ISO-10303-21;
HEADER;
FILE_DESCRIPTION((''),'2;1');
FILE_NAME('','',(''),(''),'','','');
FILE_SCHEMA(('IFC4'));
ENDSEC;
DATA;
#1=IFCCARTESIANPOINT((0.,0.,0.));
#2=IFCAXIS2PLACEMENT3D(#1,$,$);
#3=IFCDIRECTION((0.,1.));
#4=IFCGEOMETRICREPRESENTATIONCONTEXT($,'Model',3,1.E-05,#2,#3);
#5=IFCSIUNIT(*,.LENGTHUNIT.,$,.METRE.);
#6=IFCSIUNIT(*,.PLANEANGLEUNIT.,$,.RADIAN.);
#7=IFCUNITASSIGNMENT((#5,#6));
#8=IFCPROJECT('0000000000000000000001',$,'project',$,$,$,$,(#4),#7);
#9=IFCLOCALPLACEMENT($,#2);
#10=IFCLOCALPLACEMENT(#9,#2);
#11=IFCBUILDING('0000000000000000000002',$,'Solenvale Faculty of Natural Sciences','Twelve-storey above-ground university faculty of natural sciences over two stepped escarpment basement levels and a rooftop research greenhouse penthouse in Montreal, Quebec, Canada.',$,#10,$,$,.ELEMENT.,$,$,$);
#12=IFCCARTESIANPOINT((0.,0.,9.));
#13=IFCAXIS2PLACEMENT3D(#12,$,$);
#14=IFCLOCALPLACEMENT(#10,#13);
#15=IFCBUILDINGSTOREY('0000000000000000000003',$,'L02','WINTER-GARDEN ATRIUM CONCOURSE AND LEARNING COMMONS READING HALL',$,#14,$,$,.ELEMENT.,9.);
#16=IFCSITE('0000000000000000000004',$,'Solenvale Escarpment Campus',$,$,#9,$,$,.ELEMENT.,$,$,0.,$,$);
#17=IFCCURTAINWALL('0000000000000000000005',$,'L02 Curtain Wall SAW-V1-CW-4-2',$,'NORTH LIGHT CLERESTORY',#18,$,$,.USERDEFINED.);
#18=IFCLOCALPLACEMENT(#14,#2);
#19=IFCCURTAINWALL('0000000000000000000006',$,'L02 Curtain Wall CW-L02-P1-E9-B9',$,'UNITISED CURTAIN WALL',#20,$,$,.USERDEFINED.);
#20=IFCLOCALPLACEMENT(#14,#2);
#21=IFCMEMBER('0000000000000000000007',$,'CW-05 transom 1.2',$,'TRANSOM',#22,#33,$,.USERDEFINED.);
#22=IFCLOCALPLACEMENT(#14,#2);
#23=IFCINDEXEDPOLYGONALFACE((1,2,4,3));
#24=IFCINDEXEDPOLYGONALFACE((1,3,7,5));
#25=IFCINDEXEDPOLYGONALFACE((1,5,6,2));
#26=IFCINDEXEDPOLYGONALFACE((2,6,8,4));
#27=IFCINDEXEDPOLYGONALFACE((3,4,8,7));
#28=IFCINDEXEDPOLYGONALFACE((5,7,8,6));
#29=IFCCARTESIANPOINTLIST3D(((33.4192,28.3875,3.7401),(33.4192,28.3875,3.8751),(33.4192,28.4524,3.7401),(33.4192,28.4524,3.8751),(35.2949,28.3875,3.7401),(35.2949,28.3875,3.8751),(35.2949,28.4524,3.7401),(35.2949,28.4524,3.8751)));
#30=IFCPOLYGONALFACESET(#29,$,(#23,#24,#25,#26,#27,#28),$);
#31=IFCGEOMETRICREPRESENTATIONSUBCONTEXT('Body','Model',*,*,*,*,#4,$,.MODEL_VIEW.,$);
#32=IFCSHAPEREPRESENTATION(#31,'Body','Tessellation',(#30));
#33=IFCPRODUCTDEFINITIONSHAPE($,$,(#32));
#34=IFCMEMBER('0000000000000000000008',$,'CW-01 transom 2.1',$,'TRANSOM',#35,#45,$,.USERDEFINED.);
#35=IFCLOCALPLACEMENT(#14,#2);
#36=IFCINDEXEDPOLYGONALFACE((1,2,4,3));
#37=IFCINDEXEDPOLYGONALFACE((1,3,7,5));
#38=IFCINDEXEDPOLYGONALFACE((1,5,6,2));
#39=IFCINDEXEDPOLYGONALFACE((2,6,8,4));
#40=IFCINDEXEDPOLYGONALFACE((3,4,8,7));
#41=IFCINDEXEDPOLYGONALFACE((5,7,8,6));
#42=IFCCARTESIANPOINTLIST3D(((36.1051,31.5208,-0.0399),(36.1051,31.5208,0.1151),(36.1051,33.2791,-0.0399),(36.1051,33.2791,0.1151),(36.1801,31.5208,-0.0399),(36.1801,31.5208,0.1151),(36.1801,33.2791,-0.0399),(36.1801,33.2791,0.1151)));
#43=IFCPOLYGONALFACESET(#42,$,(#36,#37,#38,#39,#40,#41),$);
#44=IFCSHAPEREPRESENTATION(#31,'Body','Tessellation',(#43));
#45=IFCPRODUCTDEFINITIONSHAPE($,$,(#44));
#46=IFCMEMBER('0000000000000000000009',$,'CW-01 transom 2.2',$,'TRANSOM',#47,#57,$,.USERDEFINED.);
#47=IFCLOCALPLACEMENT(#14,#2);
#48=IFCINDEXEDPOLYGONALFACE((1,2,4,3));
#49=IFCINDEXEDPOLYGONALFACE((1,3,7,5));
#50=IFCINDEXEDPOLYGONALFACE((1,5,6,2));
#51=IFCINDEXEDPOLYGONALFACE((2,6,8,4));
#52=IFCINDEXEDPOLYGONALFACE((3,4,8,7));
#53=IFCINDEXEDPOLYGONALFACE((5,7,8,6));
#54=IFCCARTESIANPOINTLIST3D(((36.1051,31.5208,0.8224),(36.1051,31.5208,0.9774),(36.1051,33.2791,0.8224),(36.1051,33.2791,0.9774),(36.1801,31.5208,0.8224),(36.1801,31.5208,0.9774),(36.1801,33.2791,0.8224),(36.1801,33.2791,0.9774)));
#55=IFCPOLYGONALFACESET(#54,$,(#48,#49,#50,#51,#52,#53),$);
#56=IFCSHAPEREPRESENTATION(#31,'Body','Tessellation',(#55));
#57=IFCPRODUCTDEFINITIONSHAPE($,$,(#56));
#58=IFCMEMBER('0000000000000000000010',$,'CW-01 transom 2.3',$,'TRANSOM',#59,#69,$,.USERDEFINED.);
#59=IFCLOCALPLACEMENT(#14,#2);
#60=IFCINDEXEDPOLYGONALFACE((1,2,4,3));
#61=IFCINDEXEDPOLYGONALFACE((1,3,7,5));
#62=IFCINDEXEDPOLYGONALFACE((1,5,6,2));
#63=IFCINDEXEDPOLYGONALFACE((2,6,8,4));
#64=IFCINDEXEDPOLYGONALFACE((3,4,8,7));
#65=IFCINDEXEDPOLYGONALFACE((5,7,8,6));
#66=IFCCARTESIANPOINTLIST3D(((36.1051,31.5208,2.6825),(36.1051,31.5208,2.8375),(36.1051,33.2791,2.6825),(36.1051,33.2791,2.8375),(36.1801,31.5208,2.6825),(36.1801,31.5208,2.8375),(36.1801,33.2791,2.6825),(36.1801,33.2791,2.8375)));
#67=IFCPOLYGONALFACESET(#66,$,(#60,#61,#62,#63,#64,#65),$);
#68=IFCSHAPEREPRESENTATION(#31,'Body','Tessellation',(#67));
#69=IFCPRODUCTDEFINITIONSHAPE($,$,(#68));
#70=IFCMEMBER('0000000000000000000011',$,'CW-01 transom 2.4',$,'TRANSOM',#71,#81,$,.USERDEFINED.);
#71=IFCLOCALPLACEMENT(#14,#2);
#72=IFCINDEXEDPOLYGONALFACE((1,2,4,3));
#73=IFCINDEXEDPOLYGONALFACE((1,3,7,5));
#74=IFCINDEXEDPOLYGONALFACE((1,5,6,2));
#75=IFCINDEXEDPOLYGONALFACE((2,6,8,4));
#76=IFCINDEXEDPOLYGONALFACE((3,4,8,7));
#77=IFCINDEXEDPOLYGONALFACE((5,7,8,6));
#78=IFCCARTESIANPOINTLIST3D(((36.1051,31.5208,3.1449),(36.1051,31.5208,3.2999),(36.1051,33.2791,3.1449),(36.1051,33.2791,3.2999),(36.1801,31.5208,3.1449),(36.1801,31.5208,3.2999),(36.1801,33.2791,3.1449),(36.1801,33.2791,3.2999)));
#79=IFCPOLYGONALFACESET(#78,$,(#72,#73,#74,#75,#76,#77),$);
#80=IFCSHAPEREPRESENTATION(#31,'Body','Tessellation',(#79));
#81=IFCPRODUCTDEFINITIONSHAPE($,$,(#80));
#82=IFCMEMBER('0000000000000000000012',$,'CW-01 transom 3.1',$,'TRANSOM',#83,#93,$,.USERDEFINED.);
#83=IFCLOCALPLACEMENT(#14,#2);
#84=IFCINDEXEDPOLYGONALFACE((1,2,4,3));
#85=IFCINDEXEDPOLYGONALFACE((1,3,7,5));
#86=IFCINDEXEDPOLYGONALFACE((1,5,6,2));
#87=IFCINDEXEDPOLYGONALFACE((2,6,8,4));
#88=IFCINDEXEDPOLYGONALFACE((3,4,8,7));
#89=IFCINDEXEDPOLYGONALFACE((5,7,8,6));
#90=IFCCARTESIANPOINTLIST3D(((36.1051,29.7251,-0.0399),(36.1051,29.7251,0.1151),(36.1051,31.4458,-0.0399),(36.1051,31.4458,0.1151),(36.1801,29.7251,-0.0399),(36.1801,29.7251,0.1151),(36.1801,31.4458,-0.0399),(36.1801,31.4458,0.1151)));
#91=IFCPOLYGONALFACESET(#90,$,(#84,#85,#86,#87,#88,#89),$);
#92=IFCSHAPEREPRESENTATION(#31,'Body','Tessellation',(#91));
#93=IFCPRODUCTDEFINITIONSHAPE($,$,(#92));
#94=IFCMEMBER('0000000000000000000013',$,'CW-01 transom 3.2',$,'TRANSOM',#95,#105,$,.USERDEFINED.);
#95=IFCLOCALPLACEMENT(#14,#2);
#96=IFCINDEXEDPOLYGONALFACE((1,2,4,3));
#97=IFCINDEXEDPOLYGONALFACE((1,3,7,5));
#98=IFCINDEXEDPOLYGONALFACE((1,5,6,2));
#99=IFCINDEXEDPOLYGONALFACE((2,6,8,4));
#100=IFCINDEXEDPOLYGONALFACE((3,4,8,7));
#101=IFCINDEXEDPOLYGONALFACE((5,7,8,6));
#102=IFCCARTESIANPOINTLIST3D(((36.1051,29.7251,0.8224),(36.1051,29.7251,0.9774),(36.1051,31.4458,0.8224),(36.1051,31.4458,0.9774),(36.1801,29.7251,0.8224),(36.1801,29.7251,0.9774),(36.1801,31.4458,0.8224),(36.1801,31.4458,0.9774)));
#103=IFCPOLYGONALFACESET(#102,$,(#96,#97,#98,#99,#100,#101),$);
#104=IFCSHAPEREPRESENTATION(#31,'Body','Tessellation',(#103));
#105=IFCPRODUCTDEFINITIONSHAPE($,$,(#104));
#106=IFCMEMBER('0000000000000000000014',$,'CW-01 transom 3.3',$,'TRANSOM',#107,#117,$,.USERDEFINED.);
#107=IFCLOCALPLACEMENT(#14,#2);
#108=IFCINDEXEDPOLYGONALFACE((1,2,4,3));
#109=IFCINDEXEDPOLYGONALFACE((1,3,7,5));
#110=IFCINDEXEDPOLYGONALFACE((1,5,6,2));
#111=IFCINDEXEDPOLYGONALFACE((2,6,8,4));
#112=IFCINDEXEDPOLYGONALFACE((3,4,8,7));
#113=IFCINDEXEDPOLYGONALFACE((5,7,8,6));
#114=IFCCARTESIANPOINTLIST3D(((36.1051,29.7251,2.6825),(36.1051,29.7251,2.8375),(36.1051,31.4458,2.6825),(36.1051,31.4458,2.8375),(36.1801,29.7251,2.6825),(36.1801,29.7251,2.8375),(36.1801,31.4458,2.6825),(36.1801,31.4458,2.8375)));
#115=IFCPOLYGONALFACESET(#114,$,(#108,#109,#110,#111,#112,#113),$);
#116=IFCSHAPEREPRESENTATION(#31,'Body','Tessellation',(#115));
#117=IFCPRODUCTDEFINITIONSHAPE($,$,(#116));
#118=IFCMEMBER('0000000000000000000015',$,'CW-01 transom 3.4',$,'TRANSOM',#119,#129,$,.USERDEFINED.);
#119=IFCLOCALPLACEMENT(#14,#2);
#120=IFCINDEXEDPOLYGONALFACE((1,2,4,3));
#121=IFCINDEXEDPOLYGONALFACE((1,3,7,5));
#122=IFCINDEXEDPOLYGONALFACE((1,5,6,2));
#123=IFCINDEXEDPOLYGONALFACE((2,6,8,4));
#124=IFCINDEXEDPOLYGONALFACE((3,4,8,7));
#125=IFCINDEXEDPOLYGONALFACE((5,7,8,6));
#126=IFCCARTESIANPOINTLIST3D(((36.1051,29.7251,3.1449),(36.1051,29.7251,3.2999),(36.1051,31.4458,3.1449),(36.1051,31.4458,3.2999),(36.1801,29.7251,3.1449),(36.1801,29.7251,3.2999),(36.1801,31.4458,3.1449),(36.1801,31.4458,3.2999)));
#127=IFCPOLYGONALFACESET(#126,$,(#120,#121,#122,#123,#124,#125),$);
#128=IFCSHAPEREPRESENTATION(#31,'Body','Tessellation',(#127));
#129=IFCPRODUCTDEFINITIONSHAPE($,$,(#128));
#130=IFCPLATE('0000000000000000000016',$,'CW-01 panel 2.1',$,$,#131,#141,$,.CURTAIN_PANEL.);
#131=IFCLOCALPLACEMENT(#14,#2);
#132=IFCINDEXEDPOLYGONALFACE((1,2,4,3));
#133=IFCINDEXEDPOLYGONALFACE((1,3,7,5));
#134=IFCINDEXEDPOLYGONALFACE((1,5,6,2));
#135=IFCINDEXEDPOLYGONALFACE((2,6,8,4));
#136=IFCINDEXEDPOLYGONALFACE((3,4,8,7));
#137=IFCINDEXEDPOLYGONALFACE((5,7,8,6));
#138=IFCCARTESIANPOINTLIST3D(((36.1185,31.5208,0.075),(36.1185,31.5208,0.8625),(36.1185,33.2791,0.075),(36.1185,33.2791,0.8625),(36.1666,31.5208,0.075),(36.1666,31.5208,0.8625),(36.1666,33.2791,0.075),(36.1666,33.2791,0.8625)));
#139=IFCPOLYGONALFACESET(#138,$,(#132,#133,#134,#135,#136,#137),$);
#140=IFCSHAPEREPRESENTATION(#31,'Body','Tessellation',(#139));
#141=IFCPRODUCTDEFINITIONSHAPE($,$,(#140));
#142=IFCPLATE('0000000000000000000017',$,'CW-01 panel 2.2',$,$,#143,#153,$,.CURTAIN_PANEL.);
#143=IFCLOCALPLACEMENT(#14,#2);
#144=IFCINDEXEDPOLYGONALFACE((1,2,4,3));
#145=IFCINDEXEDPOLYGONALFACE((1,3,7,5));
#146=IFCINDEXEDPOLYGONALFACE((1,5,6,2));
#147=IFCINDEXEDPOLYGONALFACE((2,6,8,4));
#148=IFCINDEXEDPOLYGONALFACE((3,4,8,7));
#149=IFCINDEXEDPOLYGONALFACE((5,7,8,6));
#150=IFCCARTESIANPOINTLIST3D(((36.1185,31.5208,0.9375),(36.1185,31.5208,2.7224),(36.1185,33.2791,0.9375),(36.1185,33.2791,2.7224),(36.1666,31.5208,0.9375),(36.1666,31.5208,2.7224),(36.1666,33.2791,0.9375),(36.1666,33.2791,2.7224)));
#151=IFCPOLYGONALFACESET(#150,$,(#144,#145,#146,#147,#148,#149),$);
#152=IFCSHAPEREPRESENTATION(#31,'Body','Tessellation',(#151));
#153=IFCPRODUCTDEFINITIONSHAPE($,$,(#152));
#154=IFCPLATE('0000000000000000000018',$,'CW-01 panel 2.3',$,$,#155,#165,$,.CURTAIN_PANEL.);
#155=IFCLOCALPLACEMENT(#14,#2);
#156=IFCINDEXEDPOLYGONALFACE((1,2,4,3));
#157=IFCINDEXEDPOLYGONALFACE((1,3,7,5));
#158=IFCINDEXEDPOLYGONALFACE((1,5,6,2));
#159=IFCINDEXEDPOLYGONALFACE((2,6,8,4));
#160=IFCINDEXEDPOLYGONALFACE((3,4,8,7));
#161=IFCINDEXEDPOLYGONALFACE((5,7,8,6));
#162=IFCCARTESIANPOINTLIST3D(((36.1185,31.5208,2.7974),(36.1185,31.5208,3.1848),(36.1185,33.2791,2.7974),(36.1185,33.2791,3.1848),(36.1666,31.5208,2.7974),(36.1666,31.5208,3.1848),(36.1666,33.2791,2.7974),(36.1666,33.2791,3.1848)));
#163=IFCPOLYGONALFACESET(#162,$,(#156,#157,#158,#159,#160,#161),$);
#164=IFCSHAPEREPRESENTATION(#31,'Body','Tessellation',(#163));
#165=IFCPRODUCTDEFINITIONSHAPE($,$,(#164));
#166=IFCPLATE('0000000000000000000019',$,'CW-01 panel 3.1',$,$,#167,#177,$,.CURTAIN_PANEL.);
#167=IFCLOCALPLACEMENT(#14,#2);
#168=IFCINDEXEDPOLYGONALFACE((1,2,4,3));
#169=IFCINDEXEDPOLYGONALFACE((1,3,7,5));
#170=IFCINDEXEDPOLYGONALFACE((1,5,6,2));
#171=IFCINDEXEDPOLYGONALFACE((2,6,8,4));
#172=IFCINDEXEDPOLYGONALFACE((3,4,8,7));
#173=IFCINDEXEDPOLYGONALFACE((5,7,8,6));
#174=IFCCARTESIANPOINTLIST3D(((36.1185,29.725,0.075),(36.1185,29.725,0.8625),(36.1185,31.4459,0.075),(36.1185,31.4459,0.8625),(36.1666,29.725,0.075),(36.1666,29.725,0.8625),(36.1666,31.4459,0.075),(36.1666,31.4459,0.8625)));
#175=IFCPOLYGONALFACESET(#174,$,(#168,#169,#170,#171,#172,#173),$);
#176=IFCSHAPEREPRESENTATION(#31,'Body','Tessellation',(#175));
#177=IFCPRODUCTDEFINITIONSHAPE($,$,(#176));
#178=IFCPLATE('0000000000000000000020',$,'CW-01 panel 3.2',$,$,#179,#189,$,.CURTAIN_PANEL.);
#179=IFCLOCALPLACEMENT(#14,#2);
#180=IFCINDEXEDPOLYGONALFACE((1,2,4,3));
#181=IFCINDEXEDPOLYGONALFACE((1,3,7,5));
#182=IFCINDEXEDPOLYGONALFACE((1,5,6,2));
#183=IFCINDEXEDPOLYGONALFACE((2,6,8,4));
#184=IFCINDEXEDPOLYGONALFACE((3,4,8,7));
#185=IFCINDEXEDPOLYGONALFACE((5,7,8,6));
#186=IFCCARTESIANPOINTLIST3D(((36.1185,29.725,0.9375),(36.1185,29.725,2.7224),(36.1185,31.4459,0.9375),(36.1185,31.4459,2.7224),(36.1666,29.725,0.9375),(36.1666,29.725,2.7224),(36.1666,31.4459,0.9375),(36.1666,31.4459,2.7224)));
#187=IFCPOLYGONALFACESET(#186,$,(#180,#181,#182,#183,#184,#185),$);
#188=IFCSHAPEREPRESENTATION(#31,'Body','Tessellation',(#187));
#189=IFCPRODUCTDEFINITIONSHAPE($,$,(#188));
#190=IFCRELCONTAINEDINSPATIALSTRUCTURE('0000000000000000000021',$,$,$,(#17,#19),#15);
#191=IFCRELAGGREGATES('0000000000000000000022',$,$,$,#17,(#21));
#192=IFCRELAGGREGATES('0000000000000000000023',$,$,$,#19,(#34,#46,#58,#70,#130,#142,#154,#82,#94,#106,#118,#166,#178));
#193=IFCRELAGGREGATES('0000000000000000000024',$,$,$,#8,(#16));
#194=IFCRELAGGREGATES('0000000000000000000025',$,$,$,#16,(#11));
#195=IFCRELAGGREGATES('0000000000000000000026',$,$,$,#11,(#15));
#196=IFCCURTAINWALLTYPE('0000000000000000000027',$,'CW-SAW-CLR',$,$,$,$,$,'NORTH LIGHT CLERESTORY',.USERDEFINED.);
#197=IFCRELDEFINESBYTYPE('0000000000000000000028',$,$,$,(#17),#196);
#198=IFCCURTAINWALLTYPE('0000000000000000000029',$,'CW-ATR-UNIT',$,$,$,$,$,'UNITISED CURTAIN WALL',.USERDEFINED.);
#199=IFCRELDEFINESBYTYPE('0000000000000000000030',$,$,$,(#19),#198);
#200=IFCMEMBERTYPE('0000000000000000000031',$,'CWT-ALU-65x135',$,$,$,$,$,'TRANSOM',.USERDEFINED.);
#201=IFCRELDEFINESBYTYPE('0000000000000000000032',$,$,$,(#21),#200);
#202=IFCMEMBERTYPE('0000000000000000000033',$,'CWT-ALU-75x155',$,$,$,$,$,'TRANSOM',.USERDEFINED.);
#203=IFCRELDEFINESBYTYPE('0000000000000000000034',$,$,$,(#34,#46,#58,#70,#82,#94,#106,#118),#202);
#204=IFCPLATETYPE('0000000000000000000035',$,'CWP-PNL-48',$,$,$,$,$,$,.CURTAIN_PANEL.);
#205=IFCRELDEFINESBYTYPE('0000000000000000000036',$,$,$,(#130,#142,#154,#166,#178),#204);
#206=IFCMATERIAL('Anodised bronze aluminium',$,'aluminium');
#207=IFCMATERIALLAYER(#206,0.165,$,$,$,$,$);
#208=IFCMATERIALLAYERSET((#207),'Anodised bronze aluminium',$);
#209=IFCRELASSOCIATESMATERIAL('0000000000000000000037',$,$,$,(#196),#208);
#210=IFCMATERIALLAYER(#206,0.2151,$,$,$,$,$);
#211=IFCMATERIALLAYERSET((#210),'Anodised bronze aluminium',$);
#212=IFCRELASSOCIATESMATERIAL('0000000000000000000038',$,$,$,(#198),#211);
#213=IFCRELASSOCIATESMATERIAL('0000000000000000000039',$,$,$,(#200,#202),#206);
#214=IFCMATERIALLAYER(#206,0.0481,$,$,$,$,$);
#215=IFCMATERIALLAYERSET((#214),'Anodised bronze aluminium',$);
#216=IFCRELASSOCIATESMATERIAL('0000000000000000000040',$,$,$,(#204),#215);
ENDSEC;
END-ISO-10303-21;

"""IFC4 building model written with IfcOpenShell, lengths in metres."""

from ifc_helpers import new_model, si_unit, direction, frame, origin, origin_2d, place, context, subcontext, project, spatial, rectangle, extrude, material, layer, layer_set, material_profile, profile_set, type_object, element, aggregate, save


model = new_model("IFC4")

# Units and contexts
model_context = context("Model", 3, precision=1e-05, world=origin(), true_north=direction((0.0, 1.0)))
body_context = subcontext(model_context, "Body", "Model", "MODEL_VIEW")
ifc_project = project(units=[si_unit("LENGTHUNIT", "METRE"), si_unit("PLANEANGLEUNIT", "RADIAN")], contexts=[model_context])

# Site, building, storey
site_placement = place(None, origin())
site = spatial("IfcSite", under=ifc_project, at=site_placement, Name="Solenvale Escarpment Campus", CompositionType="ELEMENT", RefElevation=0.0)
building_placement = place(site_placement, origin())
building = spatial("IfcBuilding", under=site, at=building_placement, Name="Solenvale Faculty of Natural Sciences", Description="Twelve-storey above-ground university faculty of natural sciences over two stepped escarpment basement levels and a rooftop research greenhouse penthouse in Montreal, Quebec, Canada.", CompositionType="ELEMENT")
storey_placement = place(building_placement, frame((0.0, 0.0, 9.0)))
storey = spatial("IfcBuildingStorey", under=building, at=storey_placement, Name="L02", Description="WINTER-GARDEN ATRIUM CONCOURSE AND LEARNING COMMONS READING HALL", CompositionType="ELEMENT", Elevation=9.0)

# Curtain wall
ifc_material_1 = material(Name="Anodised bronze aluminium", Category="aluminium")
ifc_layer_1 = layer(ifc_material_1, 0.165)
ifc_layer_set_1 = layer_set([ifc_layer_1], Name="Anodised bronze aluminium")
curtain_wall_type_1 = type_object("IfcCurtainWallType", Name="CW-SAW-CLR", ElementType="NORTH LIGHT CLERESTORY", PredefinedType="USERDEFINED", material=ifc_layer_set_1)
curtain_wall_1_placement = place(storey_placement, origin())
curtain_wall_1 = element("IfcCurtainWall", 1, at=curtain_wall_1_placement, inside=storey, type_object=curtain_wall_type_1, Name="L02 Curtain Wall SAW-V1-CW-4-2", ObjectType="NORTH LIGHT CLERESTORY", PredefinedType="USERDEFINED")

# Curtain wall
ifc_layer_2 = layer(ifc_material_1, 0.2151)
ifc_layer_set_2 = layer_set([ifc_layer_2], Name="Anodised bronze aluminium")
curtain_wall_type_2 = type_object("IfcCurtainWallType", Name="CW-ATR-UNIT", ElementType="UNITISED CURTAIN WALL", PredefinedType="USERDEFINED", material=ifc_layer_set_2)
curtain_wall_2_placement = place(storey_placement, origin())
curtain_wall_2 = element("IfcCurtainWall", 2, at=curtain_wall_2_placement, inside=storey, type_object=curtain_wall_type_2, Name="L02 Curtain Wall CW-L02-P1-E9-B9", ObjectType="UNITISED CURTAIN WALL", PredefinedType="USERDEFINED")

# Members
ifc_material_profile_1 = material_profile(ifc_material_1, rectangle(XDim=0.0649, YDim=0.135, at=origin_2d()), Name="ALU-TRN-65x135")
ifc_profile_set_1 = profile_set([ifc_material_profile_1], Name="Anodised bronze aluminium")
member_type_1 = type_object("IfcMemberType", Name="CWT-ALU-65x135", ElementType="TRANSOM", PredefinedType="USERDEFINED", material=ifc_profile_set_1)
member_1_placement = place(storey_placement, frame((35.2949, 28.4199, 3.8076), z_axis=(-1.0, 0.0, 0.0), x_axis=(0.0, -1.0, 0.0)))
member_1 = element("IfcMember", 3, at=member_1_placement, type_object=member_type_1, Name="CW-05 transom 1.2", ObjectType="TRANSOM", PredefinedType="USERDEFINED", context=body_context, shape_type="SweptSolid", body=[
    extrude(rectangle(XDim=0.0649, YDim=0.135, at=origin_2d()), origin(), (0.0, 0.0, 1.0), 1.8757),
])
aggregate(curtain_wall_1, [member_1])
ifc_material_profile_2 = material_profile(ifc_material_1, rectangle(XDim=0.075, YDim=0.155, at=origin_2d()), Name="ALU-TRN-75x155")
ifc_profile_set_2 = profile_set([ifc_material_profile_2], Name="Anodised bronze aluminium")
member_type_2 = type_object("IfcMemberType", Name="CWT-ALU-75x155", ElementType="TRANSOM", PredefinedType="USERDEFINED", material=ifc_profile_set_2)
member_2_placement = place(storey_placement, frame((36.1426, 33.2791, 0.0376), z_axis=(0.0, -1.0, 0.0), x_axis=(1.0, 0.0, 0.0)))
member_2 = element("IfcMember", 4, at=member_2_placement, type_object=member_type_2, Name="CW-01 transom 2.1", ObjectType="TRANSOM", PredefinedType="USERDEFINED", context=body_context, shape_type="SweptSolid", body=[
    extrude(rectangle(XDim=0.075, YDim=0.155, at=origin_2d()), origin(), (0.0, 0.0, 1.0), 1.7583),
])
member_3_placement = place(storey_placement, frame((36.1426, 33.2791, 0.8999), z_axis=(0.0, -1.0, 0.0), x_axis=(1.0, 0.0, 0.0)))
member_3 = element("IfcMember", 5, at=member_3_placement, type_object=member_type_2, Name="CW-01 transom 2.2", ObjectType="TRANSOM", PredefinedType="USERDEFINED", context=body_context, shape_type="SweptSolid", body=[
    extrude(rectangle(XDim=0.075, YDim=0.155, at=origin_2d()), origin(), (0.0, 0.0, 1.0), 1.7583),
])
member_4_placement = place(storey_placement, frame((36.1426, 33.2791, 2.76), z_axis=(0.0, -1.0, 0.0), x_axis=(1.0, 0.0, 0.0)))
member_4 = element("IfcMember", 6, at=member_4_placement, type_object=member_type_2, Name="CW-01 transom 2.3", ObjectType="TRANSOM", PredefinedType="USERDEFINED", context=body_context, shape_type="SweptSolid", body=[
    extrude(rectangle(XDim=0.075, YDim=0.155, at=origin_2d()), origin(), (0.0, 0.0, 1.0), 1.7583),
])
member_5_placement = place(storey_placement, frame((36.1426, 33.2791, 3.2224), z_axis=(0.0, -1.0, 0.0), x_axis=(1.0, 0.0, 0.0)))
member_5 = element("IfcMember", 7, at=member_5_placement, type_object=member_type_2, Name="CW-01 transom 2.4", ObjectType="TRANSOM", PredefinedType="USERDEFINED", context=body_context, shape_type="SweptSolid", body=[
    extrude(rectangle(XDim=0.075, YDim=0.155, at=origin_2d()), origin(), (0.0, 0.0, 1.0), 1.7583),
])
member_6_placement = place(storey_placement, frame((36.1426, 31.4458, 0.0376), z_axis=(0.0, -1.0, 0.0), x_axis=(1.0, 0.0, 0.0)))
member_6 = element("IfcMember", 8, at=member_6_placement, type_object=member_type_2, Name="CW-01 transom 3.1", ObjectType="TRANSOM", PredefinedType="USERDEFINED", context=body_context, shape_type="SweptSolid", body=[
    extrude(rectangle(XDim=0.075, YDim=0.155, at=origin_2d()), origin(), (0.0, 0.0, 1.0), 1.7207),
])
member_7_placement = place(storey_placement, frame((36.1426, 31.4458, 0.8999), z_axis=(0.0, -1.0, 0.0), x_axis=(1.0, 0.0, 0.0)))
member_7 = element("IfcMember", 9, at=member_7_placement, type_object=member_type_2, Name="CW-01 transom 3.2", ObjectType="TRANSOM", PredefinedType="USERDEFINED", context=body_context, shape_type="SweptSolid", body=[
    extrude(rectangle(XDim=0.075, YDim=0.155, at=origin_2d()), origin(), (0.0, 0.0, 1.0), 1.7207),
])
member_8_placement = place(storey_placement, frame((36.1426, 31.4458, 2.76), z_axis=(0.0, -1.0, 0.0), x_axis=(1.0, 0.0, 0.0)))
member_8 = element("IfcMember", 10, at=member_8_placement, type_object=member_type_2, Name="CW-01 transom 3.3", ObjectType="TRANSOM", PredefinedType="USERDEFINED", context=body_context, shape_type="SweptSolid", body=[
    extrude(rectangle(XDim=0.075, YDim=0.155, at=origin_2d()), origin(), (0.0, 0.0, 1.0), 1.7207),
])
member_9_placement = place(storey_placement, frame((36.1426, 31.4458, 3.2224), z_axis=(0.0, -1.0, 0.0), x_axis=(1.0, 0.0, 0.0)))
member_9 = element("IfcMember", 11, at=member_9_placement, type_object=member_type_2, Name="CW-01 transom 3.4", ObjectType="TRANSOM", PredefinedType="USERDEFINED", context=body_context, shape_type="SweptSolid", body=[
    extrude(rectangle(XDim=0.075, YDim=0.155, at=origin_2d()), origin(), (0.0, 0.0, 1.0), 1.7207),
])

# Plates
ifc_layer_3 = layer(ifc_material_1, 0.0481)
ifc_layer_set_3 = layer_set([ifc_layer_3], Name="Anodised bronze aluminium")
plate_type_1 = type_object("IfcPlateType", Name="CWP-PNL-48", PredefinedType="CURTAIN_PANEL", material=ifc_layer_set_3)
plate_1_placement = place(storey_placement, frame((36.1426, 32.3999, 0.075), z_axis=(0.0, 0.0, 1.0), x_axis=(0.0, -1.0, 0.0)))
plate_1 = element("IfcPlate", 12, at=plate_1_placement, type_object=plate_type_1, Name="CW-01 panel 2.1", PredefinedType="CURTAIN_PANEL", context=body_context, shape_type="SweptSolid", body=[
    extrude(rectangle(XDim=1.7583, YDim=0.0481, at=origin_2d()), origin(), (0.0, 0.0, 1.0), 0.7876),
])
plate_2_placement = place(storey_placement, frame((36.1426, 32.3999, 0.9375), z_axis=(0.0, 0.0, 1.0), x_axis=(0.0, -1.0, 0.0)))
plate_2 = element("IfcPlate", 13, at=plate_2_placement, type_object=plate_type_1, Name="CW-01 panel 2.2", PredefinedType="CURTAIN_PANEL", context=body_context, shape_type="SweptSolid", body=[
    extrude(rectangle(XDim=1.7583, YDim=0.0481, at=origin_2d()), origin(), (0.0, 0.0, 1.0), 1.7849),
])
plate_3_placement = place(storey_placement, frame((36.1426, 32.3999, 2.7974), z_axis=(0.0, 0.0, 1.0), x_axis=(0.0, -1.0, 0.0)))
plate_3 = element("IfcPlate", 14, at=plate_3_placement, type_object=plate_type_1, Name="CW-01 panel 2.3", PredefinedType="CURTAIN_PANEL", context=body_context, shape_type="SweptSolid", body=[
    extrude(rectangle(XDim=1.7583, YDim=0.0481, at=origin_2d()), origin(), (0.0, 0.0, 1.0), 0.3875),
])
plate_4_placement = place(storey_placement, frame((36.1426, 30.5854, 0.075), z_axis=(0.0, 0.0, 1.0), x_axis=(0.0, -1.0, 0.0)))
plate_4 = element("IfcPlate", 15, at=plate_4_placement, type_object=plate_type_1, Name="CW-01 panel 3.1", PredefinedType="CURTAIN_PANEL", context=body_context, shape_type="SweptSolid", body=[
    extrude(rectangle(XDim=1.7209, YDim=0.0481, at=origin_2d()), origin(), (0.0, 0.0, 1.0), 0.7876),
])
plate_5_placement = place(storey_placement, frame((36.1426, 30.5854, 0.9375), z_axis=(0.0, 0.0, 1.0), x_axis=(0.0, -1.0, 0.0)))
plate_5 = element("IfcPlate", 16, at=plate_5_placement, type_object=plate_type_1, Name="CW-01 panel 3.2", PredefinedType="CURTAIN_PANEL", context=body_context, shape_type="SweptSolid", body=[
    extrude(rectangle(XDim=1.7209, YDim=0.0481, at=origin_2d()), origin(), (0.0, 0.0, 1.0), 1.7849),
])
aggregate(curtain_wall_2, [member_2, member_3, member_4, member_5, plate_1, plate_2, plate_3, member_6, member_7, member_8, member_9, plate_4, plate_5])

save(model, "model.ifc")
